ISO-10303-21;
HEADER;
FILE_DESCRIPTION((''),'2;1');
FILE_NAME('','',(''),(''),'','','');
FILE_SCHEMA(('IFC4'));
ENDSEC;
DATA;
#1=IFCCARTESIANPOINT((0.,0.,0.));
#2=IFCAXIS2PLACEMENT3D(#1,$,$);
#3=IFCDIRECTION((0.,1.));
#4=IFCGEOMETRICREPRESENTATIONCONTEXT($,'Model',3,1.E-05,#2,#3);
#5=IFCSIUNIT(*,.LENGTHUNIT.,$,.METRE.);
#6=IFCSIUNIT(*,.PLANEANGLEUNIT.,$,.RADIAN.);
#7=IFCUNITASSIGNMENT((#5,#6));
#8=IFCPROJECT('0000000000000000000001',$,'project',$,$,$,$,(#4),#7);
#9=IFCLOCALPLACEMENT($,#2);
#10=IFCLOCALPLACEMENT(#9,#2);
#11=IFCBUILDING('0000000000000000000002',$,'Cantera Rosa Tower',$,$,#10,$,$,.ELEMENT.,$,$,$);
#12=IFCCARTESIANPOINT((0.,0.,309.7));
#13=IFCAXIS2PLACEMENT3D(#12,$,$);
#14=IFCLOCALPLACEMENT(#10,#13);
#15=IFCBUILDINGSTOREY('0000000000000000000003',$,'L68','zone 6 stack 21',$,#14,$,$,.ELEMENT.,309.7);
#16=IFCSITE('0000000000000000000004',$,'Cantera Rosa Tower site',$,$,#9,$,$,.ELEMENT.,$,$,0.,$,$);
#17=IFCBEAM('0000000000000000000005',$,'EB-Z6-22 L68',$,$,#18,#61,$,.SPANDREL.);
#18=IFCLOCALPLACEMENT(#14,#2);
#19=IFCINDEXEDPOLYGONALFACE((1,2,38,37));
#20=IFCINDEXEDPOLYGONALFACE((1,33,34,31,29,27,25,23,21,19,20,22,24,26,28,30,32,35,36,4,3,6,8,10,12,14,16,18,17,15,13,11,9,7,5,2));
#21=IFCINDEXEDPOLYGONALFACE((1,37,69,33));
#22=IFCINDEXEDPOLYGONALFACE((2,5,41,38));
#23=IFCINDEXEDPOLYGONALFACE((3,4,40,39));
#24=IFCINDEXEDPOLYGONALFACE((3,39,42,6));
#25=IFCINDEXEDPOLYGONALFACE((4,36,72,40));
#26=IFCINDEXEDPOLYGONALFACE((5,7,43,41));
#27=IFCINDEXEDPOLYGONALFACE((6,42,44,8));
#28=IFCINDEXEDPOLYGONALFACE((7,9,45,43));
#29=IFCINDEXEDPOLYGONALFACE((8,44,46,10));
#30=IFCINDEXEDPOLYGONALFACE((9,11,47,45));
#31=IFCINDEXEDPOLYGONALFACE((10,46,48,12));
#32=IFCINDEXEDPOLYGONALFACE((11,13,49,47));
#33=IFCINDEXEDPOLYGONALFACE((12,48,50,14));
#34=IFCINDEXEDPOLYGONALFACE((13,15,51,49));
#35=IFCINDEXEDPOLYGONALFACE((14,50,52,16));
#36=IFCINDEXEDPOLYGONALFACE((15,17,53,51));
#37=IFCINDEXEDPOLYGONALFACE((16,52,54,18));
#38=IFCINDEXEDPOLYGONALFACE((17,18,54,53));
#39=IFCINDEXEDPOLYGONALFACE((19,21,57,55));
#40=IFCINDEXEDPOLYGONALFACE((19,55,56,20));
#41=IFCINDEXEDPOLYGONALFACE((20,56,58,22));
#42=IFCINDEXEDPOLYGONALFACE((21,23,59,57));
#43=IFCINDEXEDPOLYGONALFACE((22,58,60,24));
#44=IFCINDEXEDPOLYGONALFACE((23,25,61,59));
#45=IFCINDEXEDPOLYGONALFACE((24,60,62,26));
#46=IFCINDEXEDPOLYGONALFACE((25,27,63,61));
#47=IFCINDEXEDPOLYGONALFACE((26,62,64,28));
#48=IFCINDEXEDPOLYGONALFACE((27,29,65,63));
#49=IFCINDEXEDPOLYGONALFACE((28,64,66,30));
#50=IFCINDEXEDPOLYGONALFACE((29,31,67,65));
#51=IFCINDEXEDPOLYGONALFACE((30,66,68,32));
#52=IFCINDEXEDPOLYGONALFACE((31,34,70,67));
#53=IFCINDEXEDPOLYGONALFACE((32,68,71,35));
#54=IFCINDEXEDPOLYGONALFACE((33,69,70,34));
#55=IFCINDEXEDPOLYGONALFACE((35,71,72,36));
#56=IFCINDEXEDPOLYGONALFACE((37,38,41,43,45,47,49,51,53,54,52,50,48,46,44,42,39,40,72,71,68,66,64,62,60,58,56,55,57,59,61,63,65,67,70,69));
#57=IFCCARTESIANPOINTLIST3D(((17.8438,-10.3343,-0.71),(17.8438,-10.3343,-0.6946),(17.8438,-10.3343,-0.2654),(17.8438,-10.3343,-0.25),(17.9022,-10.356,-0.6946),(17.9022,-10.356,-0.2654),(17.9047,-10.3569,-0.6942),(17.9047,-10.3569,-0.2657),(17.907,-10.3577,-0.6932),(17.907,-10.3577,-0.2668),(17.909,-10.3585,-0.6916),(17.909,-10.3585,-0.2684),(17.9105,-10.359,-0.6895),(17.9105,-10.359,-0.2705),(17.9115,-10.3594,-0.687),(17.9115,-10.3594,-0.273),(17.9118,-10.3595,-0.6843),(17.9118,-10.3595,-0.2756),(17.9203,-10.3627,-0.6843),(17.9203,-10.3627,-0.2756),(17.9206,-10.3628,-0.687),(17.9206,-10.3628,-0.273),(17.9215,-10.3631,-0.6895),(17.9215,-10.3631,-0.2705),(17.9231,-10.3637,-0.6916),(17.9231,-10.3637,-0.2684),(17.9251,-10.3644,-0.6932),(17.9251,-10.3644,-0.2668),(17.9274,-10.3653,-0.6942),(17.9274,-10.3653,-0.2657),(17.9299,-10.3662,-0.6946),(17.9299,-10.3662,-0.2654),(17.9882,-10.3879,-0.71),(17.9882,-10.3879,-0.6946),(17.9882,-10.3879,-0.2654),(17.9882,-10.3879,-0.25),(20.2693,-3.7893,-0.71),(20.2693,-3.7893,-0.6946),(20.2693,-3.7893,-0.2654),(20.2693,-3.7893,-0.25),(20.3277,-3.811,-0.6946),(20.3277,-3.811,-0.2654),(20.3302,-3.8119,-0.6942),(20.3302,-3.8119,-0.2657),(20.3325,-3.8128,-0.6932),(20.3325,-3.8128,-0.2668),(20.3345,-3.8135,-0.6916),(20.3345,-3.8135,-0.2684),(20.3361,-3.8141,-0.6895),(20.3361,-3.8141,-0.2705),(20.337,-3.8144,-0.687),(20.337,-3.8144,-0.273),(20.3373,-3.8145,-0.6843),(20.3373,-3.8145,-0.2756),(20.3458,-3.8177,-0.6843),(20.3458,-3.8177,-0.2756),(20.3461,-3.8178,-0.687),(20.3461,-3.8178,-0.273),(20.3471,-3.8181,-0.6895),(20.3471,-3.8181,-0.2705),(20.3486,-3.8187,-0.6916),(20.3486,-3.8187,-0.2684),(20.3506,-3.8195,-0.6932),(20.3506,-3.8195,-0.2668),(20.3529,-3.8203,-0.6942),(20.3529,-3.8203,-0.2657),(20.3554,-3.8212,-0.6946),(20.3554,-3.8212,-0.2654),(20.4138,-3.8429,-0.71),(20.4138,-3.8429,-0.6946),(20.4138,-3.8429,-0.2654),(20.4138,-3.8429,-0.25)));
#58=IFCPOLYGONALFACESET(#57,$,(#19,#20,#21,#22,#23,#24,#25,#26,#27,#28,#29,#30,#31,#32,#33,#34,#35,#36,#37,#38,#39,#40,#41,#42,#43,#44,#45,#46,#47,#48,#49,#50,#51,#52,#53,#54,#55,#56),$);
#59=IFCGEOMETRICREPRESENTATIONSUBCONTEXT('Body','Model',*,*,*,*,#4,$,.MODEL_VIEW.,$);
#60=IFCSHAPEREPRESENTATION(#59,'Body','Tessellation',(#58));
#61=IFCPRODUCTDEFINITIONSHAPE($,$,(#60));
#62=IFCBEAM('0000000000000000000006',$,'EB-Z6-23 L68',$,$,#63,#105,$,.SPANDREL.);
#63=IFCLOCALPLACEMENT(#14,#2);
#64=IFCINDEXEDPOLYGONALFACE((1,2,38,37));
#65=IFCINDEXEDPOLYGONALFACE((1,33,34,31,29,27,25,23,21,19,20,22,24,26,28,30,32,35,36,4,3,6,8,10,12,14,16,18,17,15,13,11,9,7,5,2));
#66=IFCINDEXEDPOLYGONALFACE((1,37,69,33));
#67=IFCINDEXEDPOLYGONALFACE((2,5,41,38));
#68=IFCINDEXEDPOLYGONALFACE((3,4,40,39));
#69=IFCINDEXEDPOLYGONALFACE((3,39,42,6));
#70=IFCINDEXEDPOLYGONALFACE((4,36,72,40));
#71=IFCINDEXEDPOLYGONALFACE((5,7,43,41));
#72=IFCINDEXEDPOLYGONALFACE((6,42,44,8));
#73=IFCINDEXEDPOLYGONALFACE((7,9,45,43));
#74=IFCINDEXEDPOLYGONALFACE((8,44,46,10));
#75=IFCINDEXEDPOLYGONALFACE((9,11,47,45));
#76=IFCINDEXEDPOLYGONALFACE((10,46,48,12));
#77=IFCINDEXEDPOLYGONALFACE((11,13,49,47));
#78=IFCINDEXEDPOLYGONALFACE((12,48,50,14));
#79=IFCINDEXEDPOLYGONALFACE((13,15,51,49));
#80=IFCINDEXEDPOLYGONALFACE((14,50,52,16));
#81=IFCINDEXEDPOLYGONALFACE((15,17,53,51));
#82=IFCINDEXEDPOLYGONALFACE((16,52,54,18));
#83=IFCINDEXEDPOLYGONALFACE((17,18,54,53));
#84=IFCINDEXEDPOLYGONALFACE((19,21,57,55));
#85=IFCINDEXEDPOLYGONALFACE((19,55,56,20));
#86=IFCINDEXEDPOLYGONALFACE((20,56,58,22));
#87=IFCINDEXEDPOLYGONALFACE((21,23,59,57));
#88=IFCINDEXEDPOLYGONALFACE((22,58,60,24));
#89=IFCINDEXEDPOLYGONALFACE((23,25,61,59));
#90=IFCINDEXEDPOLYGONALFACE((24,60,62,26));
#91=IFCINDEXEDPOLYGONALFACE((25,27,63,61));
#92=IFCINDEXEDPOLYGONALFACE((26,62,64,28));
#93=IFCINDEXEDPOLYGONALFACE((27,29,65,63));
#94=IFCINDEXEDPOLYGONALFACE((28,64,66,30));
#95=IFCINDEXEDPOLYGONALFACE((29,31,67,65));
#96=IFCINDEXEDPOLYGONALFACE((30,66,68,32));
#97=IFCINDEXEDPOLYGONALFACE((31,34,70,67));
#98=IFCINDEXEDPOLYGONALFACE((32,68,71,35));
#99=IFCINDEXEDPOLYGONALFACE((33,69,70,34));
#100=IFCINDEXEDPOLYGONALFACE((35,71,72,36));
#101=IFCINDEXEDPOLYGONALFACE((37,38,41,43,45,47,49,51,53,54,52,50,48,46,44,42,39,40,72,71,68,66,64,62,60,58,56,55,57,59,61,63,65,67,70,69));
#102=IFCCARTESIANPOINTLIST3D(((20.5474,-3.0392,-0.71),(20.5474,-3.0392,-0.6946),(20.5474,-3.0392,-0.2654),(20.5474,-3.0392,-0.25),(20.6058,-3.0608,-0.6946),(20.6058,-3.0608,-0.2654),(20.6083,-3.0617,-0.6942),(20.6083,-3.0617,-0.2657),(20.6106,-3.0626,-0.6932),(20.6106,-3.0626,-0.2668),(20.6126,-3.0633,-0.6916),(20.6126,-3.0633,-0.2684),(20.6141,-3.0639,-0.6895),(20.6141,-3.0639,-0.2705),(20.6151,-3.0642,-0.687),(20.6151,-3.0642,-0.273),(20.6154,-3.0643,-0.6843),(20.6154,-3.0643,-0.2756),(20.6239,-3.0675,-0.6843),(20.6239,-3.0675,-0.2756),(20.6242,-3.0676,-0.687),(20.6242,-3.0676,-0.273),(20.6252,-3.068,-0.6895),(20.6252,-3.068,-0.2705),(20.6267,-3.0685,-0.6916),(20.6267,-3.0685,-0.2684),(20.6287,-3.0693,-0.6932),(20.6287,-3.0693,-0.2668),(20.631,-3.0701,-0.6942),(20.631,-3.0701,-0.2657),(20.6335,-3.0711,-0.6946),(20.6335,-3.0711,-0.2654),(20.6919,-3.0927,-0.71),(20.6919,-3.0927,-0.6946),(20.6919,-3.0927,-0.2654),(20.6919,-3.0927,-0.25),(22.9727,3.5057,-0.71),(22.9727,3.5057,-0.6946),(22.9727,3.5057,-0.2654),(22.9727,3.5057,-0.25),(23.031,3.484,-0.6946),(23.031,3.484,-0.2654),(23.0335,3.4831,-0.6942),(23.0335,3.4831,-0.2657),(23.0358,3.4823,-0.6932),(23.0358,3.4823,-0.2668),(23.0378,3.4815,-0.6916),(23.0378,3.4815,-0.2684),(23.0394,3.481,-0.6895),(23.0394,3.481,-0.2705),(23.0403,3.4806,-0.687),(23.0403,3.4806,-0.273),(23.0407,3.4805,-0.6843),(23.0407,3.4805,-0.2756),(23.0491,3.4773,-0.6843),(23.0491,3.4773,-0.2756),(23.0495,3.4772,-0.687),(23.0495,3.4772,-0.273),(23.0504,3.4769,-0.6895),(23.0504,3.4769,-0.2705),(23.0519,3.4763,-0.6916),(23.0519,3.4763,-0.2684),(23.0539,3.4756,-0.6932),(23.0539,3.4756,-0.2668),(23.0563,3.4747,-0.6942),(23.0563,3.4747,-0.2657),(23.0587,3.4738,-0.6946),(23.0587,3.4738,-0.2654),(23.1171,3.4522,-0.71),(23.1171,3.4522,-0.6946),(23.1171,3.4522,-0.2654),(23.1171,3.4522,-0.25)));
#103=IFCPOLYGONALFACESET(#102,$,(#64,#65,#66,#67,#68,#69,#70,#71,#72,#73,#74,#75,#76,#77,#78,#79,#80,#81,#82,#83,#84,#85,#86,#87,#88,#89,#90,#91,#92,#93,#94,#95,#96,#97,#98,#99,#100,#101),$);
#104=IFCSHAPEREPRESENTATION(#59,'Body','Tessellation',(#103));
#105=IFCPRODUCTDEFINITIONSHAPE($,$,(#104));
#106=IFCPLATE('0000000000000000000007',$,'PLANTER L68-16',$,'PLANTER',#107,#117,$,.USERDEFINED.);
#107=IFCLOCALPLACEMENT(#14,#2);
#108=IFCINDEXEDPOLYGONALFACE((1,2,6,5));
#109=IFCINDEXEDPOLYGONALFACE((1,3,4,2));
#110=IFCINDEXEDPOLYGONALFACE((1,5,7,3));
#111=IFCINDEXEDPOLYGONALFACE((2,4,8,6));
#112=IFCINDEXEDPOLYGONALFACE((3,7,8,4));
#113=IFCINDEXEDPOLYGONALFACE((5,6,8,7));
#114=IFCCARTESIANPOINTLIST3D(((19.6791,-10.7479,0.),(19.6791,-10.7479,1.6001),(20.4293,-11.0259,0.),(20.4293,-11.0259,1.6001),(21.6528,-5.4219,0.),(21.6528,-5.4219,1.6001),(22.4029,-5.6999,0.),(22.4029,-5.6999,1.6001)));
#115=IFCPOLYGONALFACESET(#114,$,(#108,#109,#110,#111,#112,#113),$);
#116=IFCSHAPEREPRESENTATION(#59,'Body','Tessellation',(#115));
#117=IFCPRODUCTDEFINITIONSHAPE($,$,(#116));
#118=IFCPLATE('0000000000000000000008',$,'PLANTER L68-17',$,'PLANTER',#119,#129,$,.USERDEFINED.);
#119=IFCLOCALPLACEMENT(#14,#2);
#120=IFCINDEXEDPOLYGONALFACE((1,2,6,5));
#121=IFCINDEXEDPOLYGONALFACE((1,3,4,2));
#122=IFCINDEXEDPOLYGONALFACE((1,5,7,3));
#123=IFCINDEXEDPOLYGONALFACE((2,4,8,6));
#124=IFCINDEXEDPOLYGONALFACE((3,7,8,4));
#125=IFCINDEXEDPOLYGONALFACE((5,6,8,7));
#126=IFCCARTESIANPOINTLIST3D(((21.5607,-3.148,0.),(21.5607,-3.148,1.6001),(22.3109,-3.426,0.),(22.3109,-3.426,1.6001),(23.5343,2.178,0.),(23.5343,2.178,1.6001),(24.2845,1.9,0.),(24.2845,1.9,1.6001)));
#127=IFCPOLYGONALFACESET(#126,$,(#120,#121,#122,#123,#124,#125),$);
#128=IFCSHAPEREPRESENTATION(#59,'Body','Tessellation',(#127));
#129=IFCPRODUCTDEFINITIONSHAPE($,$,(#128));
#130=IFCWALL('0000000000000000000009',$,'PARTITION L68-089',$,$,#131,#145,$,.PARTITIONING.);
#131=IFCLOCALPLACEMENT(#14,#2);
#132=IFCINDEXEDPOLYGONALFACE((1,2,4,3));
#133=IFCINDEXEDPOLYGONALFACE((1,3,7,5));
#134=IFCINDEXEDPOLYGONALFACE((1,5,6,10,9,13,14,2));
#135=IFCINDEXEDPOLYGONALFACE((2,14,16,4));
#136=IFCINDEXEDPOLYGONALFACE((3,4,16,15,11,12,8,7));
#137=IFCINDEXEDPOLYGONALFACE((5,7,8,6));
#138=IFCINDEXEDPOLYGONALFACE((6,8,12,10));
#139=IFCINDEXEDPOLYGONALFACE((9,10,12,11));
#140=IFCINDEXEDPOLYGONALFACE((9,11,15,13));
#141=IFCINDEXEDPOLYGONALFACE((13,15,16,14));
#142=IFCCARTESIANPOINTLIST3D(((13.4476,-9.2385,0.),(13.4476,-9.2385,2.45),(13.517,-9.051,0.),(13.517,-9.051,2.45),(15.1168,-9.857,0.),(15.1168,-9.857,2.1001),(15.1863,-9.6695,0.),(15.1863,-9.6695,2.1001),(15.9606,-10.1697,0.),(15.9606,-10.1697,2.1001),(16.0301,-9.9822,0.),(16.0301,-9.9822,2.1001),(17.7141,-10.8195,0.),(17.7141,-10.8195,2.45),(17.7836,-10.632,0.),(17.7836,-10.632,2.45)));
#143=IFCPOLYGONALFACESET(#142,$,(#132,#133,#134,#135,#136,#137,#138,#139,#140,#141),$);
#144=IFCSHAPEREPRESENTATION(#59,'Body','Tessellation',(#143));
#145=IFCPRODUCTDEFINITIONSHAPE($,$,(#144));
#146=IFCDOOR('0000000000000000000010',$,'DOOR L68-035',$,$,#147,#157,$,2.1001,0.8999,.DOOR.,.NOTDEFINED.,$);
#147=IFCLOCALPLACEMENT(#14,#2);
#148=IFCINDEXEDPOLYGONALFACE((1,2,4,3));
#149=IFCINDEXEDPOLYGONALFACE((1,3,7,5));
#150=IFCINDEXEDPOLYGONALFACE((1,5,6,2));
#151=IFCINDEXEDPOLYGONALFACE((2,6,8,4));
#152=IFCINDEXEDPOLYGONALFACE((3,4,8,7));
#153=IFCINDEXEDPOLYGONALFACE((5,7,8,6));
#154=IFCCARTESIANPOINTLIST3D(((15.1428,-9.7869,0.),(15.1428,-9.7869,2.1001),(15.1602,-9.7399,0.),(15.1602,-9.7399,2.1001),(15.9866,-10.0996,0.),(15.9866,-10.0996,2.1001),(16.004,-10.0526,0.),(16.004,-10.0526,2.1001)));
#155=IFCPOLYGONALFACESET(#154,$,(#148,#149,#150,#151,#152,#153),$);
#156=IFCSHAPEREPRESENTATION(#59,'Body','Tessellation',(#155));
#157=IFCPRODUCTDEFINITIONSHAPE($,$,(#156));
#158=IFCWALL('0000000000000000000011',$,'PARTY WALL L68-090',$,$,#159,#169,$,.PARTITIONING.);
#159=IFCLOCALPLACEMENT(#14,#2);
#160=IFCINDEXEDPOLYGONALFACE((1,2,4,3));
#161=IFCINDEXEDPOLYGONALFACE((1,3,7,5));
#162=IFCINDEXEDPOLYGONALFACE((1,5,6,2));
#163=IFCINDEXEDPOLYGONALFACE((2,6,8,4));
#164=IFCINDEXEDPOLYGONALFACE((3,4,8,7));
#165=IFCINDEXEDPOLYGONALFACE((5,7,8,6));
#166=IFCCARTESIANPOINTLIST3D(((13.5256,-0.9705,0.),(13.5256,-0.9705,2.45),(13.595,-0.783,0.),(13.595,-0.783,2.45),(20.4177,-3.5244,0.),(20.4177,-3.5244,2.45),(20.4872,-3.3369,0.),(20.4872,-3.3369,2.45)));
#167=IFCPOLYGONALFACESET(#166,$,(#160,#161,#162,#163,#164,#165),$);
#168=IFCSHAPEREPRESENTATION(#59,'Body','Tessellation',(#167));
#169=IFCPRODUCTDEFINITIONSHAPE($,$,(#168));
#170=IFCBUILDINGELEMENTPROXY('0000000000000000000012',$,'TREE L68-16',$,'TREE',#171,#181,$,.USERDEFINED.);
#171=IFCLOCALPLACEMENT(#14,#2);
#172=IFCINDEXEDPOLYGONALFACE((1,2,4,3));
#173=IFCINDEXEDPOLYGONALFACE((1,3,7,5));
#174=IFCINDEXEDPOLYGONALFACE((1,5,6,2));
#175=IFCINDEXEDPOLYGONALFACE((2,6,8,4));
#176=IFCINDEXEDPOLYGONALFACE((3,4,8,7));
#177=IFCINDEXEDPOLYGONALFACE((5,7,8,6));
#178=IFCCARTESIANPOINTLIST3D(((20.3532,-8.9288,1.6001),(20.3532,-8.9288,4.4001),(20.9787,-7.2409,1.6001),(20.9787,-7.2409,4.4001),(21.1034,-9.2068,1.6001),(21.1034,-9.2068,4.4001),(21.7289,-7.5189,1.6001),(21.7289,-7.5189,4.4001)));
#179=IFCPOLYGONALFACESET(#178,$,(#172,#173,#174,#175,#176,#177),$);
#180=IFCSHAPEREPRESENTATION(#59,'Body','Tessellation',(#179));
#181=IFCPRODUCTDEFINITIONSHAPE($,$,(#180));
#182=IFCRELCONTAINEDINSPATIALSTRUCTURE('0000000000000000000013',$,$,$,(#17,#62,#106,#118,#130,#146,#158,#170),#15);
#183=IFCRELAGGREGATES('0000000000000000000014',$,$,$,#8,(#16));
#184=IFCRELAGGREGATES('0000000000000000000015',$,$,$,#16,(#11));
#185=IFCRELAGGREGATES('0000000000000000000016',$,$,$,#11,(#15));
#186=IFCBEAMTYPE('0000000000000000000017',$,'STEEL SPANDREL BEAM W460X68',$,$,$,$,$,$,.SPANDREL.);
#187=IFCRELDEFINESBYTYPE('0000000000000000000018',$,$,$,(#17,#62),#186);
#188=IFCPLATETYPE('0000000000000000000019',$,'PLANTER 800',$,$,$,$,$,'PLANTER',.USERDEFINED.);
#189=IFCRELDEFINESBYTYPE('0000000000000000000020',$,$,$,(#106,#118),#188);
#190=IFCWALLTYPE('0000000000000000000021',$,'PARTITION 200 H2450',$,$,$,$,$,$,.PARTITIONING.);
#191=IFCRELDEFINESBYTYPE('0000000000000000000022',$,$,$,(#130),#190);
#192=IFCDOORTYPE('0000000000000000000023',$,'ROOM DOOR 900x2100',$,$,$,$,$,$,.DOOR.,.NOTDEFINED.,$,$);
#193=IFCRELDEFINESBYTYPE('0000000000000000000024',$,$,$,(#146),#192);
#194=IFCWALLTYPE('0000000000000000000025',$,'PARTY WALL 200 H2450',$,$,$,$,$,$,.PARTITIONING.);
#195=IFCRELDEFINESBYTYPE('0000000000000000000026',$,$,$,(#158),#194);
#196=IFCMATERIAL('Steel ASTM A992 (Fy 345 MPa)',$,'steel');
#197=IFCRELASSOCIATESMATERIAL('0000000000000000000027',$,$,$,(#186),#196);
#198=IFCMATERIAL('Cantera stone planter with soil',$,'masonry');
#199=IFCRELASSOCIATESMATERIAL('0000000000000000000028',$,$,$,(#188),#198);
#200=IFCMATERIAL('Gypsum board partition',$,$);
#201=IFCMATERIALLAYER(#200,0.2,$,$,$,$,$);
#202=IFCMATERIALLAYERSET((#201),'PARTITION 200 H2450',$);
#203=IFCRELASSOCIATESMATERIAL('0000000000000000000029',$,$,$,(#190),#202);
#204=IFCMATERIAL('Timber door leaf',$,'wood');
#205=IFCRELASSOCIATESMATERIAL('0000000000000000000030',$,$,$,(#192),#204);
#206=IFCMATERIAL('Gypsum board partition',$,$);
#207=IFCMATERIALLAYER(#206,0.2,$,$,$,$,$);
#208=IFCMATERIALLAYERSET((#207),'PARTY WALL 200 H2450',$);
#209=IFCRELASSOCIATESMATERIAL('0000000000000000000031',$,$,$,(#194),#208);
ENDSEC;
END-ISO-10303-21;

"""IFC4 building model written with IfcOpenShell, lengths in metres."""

from ifc_helpers import new_model, si_unit, direction, frame, frame_2d, origin, origin_2d, place, context, subcontext, project, spatial, rectangle, i_section, extrude, material, layer, layer_set, material_profile, profile_set, type_object, element, fill, save


model = new_model("IFC4")

# Units and contexts
model_context = context("Model", 3, precision=1e-05, world=origin(), true_north=direction((0.0, 1.0)))
body_context = subcontext(model_context, "Body", "Model", "MODEL_VIEW")
ifc_project = project(units=[si_unit("LENGTHUNIT", "METRE"), si_unit("PLANEANGLEUNIT", "RADIAN")], contexts=[model_context])

# Site, building, storey
site_placement = place(None, origin())
site = spatial("IfcSite", under=ifc_project, at=site_placement, Name="Cantera Rosa Tower site", CompositionType="ELEMENT", RefElevation=0.0)
building_placement = place(site_placement, origin())
building = spatial("IfcBuilding", under=site, at=building_placement, Name="Cantera Rosa Tower", CompositionType="ELEMENT")
storey_placement = place(building_placement, frame((0.0, 0.0, 309.7)))
storey = spatial("IfcBuildingStorey", under=building, at=storey_placement, Name="L68", Description="zone 6 stack 21", CompositionType="ELEMENT", Elevation=309.7)

# Beams
ifc_material_1 = material(Name="Steel ASTM A992 (Fy 345 MPa)", Category="steel")
ifc_material_profile_1 = material_profile(ifc_material_1, i_section(OverallWidth=0.1541, OverallDepth=0.46, WebThickness=0.009, FlangeThickness=0.0154, FilletRadius=0.0103, at=origin_2d()), Name="W460X68")
ifc_profile_set_1 = profile_set([ifc_material_profile_1], Name="Steel ASTM A992 (Fy 345 MPa)")
beam_type_1 = type_object("IfcBeamType", Name="STEEL SPANDREL BEAM W460X68", PredefinedType="SPANDREL", material=ifc_profile_set_1)
beam_1_placement = place(storey_placement, frame((17.916, -10.3611, -0.48), z_axis=(0.347502, 0.937679, 0.0), x_axis=(-0.937679, 0.347502, 0.0)))
element("IfcBeam", 1, at=beam_1_placement, inside=storey, type_object=beam_type_1, Name="EB-Z6-22 L68", PredefinedType="SPANDREL", context=body_context, shape_type="SweptSolid", body=[
    extrude(i_section(OverallWidth=0.1541, OverallDepth=0.46, WebThickness=0.009, FlangeThickness=0.0154, FilletRadius=0.0103, at=origin_2d()), origin(), (0.0, 0.0, 1.0), 6.98),
])
beam_2_placement = place(storey_placement, frame((20.6196, -3.0659, -0.48), z_axis=(0.347472, 0.937691, 0.0), x_axis=(-0.937691, 0.347472, 0.0)))
element("IfcBeam", 2, at=beam_2_placement, inside=storey, type_object=beam_type_1, Name="EB-Z6-23 L68", PredefinedType="SPANDREL", context=body_context, shape_type="SweptSolid", body=[
    extrude(i_section(OverallWidth=0.1541, OverallDepth=0.46, WebThickness=0.009, FlangeThickness=0.0154, FilletRadius=0.0103, at=origin_2d()), origin(), (0.0, 0.0, 1.0), 6.9797),
])

# Plates
ifc_material_2 = material(Name="Cantera stone planter with soil", Category="masonry")
plate_type = type_object("IfcPlateType", Name="PLANTER 800", ElementType="PLANTER", PredefinedType="USERDEFINED", material=ifc_material_2)
for number, where, z_axis, x_axis, name in (
    (3, (21.041, -8.2239, 0.0), (0.0, 0.0, 1.0), (0.347481, 0.937687, 0.0), "PLANTER L68-16"),
    (4, (22.9226, -0.624, 0.0), (0.0, 0.0, 1.0), (0.347481, 0.937687, 0.0), "PLANTER L68-17"),
):
    element("IfcPlate", number, at=place(storey_placement, frame(where, z_axis=z_axis, x_axis=x_axis)), inside=storey, type_object=plate_type, Name=name, ObjectType="PLANTER", PredefinedType="USERDEFINED", context=body_context, shape_type="SweptSolid", body=[
        extrude(rectangle(XDim=5.6799, YDim=0.8, at=origin_2d()), origin(), (0.0, 0.0, 1.0), 1.6001),
    ])

# Wall, opening, door
ifc_material_3 = material(Name="Gypsum board partition")
ifc_layer_1 = layer(ifc_material_3, 0.2)
ifc_layer_set_1 = layer_set([ifc_layer_1], Name="PARTITION 200 H2450")
wall_type_1 = type_object("IfcWallType", Name="PARTITION 200 H2450", PredefinedType="PARTITIONING", material=ifc_layer_set_1)
wall_1_placement = place(storey_placement, frame((13.4824, -9.1448, 0.0), z_axis=(0.0, 0.0, 1.0), x_axis=(0.937689, -0.347475, 0.0)))
wall_1 = element("IfcWall", 5, at=wall_1_placement, inside=storey, type_object=wall_type_1, Name="PARTITION L68-089", PredefinedType="PARTITIONING", context=body_context, shape_type="SweptSolid", body=[
    extrude(rectangle(XDim=4.55, YDim=0.2, at=frame_2d((2.2749, 0.0))), origin(), (0.0, 0.0, 1.0), 2.45),
])
opening_1_placement = place(wall_1_placement, frame((1.78, 0.0, 0.0)))
opening_1 = element("IfcOpeningElement", 6, at=opening_1_placement, cuts=wall_1, PredefinedType="OPENING", context=body_context, shape_type="SweptSolid", body=[
    extrude(rectangle(XDim=0.8999, YDim=2.1001, at=frame_2d((0.45, 1.05))), frame((0.0, 0.1099, 0.0), z_axis=(0.0, -1.0, 0.0), x_axis=(1.0, 0.0, 0.0)), (0.0, 0.0, 1.0), 0.22),
])
ifc_material_4 = material(Name="Timber door leaf", Category="wood")
door_type_1 = type_object("IfcDoorType", Name="ROOM DOOR 900x2100", OperationType="NOTDEFINED", PredefinedType="DOOR", material=ifc_material_4)
door_1_placement = place(opening_1_placement, origin())
door_1 = element("IfcDoor", 7, at=door_1_placement, inside=storey, type_object=door_type_1, Name="DOOR L68-035", OperationType="NOTDEFINED", OverallHeight=2.1001, OverallWidth=0.8999, PredefinedType="DOOR", context=body_context, shape_type="SweptSolid", body=[
    extrude(rectangle(XDim=0.8999, YDim=2.1001, at=frame_2d((0.45, 1.05))), frame((0.0, 0.0249, 0.0), z_axis=(0.0, -1.0, 0.0), x_axis=(1.0, 0.0, 0.0)), (0.0, 0.0, 1.0), 0.05),
])
fill(opening_1, door_1)

# Wall
ifc_material_5 = material(Name="Gypsum board partition")
ifc_layer_2 = layer(ifc_material_5, 0.2)
ifc_layer_set_2 = layer_set([ifc_layer_2], Name="PARTY WALL 200 H2450")
wall_type_2 = type_object("IfcWallType", Name="PARTY WALL 200 H2450", PredefinedType="PARTITIONING", material=ifc_layer_set_2)
wall_2_placement = place(storey_placement, frame((13.5603, -0.8767, 0.0), z_axis=(0.0, 0.0, 1.0), x_axis=(0.93769, -0.347473, 0.0)))
element("IfcWall", 8, at=wall_2_placement, inside=storey, type_object=wall_type_2, Name="PARTY WALL L68-090", PredefinedType="PARTITIONING", context=body_context, shape_type="SweptSolid", body=[
    extrude(rectangle(XDim=7.3501, YDim=0.2, at=frame_2d((3.675, 0.0))), origin(), (0.0, 0.0, 1.0), 2.45),
])

# Building element proxy
proxy_placement = place(storey_placement, frame((21.041, -8.2239, 1.6001), z_axis=(0.0, 0.0, 1.0), x_axis=(0.347481, 0.937687, 0.0)))
element("IfcBuildingElementProxy", 9, at=proxy_placement, inside=storey, Name="TREE L68-16", ObjectType="TREE", PredefinedType="USERDEFINED", context=body_context, shape_type="SweptSolid", body=[
    extrude(rectangle(XDim=1.8, YDim=0.8, at=origin_2d()), origin(), (0.0, 0.0, 1.0), 2.8),
])

save(model, "model.ifc")
